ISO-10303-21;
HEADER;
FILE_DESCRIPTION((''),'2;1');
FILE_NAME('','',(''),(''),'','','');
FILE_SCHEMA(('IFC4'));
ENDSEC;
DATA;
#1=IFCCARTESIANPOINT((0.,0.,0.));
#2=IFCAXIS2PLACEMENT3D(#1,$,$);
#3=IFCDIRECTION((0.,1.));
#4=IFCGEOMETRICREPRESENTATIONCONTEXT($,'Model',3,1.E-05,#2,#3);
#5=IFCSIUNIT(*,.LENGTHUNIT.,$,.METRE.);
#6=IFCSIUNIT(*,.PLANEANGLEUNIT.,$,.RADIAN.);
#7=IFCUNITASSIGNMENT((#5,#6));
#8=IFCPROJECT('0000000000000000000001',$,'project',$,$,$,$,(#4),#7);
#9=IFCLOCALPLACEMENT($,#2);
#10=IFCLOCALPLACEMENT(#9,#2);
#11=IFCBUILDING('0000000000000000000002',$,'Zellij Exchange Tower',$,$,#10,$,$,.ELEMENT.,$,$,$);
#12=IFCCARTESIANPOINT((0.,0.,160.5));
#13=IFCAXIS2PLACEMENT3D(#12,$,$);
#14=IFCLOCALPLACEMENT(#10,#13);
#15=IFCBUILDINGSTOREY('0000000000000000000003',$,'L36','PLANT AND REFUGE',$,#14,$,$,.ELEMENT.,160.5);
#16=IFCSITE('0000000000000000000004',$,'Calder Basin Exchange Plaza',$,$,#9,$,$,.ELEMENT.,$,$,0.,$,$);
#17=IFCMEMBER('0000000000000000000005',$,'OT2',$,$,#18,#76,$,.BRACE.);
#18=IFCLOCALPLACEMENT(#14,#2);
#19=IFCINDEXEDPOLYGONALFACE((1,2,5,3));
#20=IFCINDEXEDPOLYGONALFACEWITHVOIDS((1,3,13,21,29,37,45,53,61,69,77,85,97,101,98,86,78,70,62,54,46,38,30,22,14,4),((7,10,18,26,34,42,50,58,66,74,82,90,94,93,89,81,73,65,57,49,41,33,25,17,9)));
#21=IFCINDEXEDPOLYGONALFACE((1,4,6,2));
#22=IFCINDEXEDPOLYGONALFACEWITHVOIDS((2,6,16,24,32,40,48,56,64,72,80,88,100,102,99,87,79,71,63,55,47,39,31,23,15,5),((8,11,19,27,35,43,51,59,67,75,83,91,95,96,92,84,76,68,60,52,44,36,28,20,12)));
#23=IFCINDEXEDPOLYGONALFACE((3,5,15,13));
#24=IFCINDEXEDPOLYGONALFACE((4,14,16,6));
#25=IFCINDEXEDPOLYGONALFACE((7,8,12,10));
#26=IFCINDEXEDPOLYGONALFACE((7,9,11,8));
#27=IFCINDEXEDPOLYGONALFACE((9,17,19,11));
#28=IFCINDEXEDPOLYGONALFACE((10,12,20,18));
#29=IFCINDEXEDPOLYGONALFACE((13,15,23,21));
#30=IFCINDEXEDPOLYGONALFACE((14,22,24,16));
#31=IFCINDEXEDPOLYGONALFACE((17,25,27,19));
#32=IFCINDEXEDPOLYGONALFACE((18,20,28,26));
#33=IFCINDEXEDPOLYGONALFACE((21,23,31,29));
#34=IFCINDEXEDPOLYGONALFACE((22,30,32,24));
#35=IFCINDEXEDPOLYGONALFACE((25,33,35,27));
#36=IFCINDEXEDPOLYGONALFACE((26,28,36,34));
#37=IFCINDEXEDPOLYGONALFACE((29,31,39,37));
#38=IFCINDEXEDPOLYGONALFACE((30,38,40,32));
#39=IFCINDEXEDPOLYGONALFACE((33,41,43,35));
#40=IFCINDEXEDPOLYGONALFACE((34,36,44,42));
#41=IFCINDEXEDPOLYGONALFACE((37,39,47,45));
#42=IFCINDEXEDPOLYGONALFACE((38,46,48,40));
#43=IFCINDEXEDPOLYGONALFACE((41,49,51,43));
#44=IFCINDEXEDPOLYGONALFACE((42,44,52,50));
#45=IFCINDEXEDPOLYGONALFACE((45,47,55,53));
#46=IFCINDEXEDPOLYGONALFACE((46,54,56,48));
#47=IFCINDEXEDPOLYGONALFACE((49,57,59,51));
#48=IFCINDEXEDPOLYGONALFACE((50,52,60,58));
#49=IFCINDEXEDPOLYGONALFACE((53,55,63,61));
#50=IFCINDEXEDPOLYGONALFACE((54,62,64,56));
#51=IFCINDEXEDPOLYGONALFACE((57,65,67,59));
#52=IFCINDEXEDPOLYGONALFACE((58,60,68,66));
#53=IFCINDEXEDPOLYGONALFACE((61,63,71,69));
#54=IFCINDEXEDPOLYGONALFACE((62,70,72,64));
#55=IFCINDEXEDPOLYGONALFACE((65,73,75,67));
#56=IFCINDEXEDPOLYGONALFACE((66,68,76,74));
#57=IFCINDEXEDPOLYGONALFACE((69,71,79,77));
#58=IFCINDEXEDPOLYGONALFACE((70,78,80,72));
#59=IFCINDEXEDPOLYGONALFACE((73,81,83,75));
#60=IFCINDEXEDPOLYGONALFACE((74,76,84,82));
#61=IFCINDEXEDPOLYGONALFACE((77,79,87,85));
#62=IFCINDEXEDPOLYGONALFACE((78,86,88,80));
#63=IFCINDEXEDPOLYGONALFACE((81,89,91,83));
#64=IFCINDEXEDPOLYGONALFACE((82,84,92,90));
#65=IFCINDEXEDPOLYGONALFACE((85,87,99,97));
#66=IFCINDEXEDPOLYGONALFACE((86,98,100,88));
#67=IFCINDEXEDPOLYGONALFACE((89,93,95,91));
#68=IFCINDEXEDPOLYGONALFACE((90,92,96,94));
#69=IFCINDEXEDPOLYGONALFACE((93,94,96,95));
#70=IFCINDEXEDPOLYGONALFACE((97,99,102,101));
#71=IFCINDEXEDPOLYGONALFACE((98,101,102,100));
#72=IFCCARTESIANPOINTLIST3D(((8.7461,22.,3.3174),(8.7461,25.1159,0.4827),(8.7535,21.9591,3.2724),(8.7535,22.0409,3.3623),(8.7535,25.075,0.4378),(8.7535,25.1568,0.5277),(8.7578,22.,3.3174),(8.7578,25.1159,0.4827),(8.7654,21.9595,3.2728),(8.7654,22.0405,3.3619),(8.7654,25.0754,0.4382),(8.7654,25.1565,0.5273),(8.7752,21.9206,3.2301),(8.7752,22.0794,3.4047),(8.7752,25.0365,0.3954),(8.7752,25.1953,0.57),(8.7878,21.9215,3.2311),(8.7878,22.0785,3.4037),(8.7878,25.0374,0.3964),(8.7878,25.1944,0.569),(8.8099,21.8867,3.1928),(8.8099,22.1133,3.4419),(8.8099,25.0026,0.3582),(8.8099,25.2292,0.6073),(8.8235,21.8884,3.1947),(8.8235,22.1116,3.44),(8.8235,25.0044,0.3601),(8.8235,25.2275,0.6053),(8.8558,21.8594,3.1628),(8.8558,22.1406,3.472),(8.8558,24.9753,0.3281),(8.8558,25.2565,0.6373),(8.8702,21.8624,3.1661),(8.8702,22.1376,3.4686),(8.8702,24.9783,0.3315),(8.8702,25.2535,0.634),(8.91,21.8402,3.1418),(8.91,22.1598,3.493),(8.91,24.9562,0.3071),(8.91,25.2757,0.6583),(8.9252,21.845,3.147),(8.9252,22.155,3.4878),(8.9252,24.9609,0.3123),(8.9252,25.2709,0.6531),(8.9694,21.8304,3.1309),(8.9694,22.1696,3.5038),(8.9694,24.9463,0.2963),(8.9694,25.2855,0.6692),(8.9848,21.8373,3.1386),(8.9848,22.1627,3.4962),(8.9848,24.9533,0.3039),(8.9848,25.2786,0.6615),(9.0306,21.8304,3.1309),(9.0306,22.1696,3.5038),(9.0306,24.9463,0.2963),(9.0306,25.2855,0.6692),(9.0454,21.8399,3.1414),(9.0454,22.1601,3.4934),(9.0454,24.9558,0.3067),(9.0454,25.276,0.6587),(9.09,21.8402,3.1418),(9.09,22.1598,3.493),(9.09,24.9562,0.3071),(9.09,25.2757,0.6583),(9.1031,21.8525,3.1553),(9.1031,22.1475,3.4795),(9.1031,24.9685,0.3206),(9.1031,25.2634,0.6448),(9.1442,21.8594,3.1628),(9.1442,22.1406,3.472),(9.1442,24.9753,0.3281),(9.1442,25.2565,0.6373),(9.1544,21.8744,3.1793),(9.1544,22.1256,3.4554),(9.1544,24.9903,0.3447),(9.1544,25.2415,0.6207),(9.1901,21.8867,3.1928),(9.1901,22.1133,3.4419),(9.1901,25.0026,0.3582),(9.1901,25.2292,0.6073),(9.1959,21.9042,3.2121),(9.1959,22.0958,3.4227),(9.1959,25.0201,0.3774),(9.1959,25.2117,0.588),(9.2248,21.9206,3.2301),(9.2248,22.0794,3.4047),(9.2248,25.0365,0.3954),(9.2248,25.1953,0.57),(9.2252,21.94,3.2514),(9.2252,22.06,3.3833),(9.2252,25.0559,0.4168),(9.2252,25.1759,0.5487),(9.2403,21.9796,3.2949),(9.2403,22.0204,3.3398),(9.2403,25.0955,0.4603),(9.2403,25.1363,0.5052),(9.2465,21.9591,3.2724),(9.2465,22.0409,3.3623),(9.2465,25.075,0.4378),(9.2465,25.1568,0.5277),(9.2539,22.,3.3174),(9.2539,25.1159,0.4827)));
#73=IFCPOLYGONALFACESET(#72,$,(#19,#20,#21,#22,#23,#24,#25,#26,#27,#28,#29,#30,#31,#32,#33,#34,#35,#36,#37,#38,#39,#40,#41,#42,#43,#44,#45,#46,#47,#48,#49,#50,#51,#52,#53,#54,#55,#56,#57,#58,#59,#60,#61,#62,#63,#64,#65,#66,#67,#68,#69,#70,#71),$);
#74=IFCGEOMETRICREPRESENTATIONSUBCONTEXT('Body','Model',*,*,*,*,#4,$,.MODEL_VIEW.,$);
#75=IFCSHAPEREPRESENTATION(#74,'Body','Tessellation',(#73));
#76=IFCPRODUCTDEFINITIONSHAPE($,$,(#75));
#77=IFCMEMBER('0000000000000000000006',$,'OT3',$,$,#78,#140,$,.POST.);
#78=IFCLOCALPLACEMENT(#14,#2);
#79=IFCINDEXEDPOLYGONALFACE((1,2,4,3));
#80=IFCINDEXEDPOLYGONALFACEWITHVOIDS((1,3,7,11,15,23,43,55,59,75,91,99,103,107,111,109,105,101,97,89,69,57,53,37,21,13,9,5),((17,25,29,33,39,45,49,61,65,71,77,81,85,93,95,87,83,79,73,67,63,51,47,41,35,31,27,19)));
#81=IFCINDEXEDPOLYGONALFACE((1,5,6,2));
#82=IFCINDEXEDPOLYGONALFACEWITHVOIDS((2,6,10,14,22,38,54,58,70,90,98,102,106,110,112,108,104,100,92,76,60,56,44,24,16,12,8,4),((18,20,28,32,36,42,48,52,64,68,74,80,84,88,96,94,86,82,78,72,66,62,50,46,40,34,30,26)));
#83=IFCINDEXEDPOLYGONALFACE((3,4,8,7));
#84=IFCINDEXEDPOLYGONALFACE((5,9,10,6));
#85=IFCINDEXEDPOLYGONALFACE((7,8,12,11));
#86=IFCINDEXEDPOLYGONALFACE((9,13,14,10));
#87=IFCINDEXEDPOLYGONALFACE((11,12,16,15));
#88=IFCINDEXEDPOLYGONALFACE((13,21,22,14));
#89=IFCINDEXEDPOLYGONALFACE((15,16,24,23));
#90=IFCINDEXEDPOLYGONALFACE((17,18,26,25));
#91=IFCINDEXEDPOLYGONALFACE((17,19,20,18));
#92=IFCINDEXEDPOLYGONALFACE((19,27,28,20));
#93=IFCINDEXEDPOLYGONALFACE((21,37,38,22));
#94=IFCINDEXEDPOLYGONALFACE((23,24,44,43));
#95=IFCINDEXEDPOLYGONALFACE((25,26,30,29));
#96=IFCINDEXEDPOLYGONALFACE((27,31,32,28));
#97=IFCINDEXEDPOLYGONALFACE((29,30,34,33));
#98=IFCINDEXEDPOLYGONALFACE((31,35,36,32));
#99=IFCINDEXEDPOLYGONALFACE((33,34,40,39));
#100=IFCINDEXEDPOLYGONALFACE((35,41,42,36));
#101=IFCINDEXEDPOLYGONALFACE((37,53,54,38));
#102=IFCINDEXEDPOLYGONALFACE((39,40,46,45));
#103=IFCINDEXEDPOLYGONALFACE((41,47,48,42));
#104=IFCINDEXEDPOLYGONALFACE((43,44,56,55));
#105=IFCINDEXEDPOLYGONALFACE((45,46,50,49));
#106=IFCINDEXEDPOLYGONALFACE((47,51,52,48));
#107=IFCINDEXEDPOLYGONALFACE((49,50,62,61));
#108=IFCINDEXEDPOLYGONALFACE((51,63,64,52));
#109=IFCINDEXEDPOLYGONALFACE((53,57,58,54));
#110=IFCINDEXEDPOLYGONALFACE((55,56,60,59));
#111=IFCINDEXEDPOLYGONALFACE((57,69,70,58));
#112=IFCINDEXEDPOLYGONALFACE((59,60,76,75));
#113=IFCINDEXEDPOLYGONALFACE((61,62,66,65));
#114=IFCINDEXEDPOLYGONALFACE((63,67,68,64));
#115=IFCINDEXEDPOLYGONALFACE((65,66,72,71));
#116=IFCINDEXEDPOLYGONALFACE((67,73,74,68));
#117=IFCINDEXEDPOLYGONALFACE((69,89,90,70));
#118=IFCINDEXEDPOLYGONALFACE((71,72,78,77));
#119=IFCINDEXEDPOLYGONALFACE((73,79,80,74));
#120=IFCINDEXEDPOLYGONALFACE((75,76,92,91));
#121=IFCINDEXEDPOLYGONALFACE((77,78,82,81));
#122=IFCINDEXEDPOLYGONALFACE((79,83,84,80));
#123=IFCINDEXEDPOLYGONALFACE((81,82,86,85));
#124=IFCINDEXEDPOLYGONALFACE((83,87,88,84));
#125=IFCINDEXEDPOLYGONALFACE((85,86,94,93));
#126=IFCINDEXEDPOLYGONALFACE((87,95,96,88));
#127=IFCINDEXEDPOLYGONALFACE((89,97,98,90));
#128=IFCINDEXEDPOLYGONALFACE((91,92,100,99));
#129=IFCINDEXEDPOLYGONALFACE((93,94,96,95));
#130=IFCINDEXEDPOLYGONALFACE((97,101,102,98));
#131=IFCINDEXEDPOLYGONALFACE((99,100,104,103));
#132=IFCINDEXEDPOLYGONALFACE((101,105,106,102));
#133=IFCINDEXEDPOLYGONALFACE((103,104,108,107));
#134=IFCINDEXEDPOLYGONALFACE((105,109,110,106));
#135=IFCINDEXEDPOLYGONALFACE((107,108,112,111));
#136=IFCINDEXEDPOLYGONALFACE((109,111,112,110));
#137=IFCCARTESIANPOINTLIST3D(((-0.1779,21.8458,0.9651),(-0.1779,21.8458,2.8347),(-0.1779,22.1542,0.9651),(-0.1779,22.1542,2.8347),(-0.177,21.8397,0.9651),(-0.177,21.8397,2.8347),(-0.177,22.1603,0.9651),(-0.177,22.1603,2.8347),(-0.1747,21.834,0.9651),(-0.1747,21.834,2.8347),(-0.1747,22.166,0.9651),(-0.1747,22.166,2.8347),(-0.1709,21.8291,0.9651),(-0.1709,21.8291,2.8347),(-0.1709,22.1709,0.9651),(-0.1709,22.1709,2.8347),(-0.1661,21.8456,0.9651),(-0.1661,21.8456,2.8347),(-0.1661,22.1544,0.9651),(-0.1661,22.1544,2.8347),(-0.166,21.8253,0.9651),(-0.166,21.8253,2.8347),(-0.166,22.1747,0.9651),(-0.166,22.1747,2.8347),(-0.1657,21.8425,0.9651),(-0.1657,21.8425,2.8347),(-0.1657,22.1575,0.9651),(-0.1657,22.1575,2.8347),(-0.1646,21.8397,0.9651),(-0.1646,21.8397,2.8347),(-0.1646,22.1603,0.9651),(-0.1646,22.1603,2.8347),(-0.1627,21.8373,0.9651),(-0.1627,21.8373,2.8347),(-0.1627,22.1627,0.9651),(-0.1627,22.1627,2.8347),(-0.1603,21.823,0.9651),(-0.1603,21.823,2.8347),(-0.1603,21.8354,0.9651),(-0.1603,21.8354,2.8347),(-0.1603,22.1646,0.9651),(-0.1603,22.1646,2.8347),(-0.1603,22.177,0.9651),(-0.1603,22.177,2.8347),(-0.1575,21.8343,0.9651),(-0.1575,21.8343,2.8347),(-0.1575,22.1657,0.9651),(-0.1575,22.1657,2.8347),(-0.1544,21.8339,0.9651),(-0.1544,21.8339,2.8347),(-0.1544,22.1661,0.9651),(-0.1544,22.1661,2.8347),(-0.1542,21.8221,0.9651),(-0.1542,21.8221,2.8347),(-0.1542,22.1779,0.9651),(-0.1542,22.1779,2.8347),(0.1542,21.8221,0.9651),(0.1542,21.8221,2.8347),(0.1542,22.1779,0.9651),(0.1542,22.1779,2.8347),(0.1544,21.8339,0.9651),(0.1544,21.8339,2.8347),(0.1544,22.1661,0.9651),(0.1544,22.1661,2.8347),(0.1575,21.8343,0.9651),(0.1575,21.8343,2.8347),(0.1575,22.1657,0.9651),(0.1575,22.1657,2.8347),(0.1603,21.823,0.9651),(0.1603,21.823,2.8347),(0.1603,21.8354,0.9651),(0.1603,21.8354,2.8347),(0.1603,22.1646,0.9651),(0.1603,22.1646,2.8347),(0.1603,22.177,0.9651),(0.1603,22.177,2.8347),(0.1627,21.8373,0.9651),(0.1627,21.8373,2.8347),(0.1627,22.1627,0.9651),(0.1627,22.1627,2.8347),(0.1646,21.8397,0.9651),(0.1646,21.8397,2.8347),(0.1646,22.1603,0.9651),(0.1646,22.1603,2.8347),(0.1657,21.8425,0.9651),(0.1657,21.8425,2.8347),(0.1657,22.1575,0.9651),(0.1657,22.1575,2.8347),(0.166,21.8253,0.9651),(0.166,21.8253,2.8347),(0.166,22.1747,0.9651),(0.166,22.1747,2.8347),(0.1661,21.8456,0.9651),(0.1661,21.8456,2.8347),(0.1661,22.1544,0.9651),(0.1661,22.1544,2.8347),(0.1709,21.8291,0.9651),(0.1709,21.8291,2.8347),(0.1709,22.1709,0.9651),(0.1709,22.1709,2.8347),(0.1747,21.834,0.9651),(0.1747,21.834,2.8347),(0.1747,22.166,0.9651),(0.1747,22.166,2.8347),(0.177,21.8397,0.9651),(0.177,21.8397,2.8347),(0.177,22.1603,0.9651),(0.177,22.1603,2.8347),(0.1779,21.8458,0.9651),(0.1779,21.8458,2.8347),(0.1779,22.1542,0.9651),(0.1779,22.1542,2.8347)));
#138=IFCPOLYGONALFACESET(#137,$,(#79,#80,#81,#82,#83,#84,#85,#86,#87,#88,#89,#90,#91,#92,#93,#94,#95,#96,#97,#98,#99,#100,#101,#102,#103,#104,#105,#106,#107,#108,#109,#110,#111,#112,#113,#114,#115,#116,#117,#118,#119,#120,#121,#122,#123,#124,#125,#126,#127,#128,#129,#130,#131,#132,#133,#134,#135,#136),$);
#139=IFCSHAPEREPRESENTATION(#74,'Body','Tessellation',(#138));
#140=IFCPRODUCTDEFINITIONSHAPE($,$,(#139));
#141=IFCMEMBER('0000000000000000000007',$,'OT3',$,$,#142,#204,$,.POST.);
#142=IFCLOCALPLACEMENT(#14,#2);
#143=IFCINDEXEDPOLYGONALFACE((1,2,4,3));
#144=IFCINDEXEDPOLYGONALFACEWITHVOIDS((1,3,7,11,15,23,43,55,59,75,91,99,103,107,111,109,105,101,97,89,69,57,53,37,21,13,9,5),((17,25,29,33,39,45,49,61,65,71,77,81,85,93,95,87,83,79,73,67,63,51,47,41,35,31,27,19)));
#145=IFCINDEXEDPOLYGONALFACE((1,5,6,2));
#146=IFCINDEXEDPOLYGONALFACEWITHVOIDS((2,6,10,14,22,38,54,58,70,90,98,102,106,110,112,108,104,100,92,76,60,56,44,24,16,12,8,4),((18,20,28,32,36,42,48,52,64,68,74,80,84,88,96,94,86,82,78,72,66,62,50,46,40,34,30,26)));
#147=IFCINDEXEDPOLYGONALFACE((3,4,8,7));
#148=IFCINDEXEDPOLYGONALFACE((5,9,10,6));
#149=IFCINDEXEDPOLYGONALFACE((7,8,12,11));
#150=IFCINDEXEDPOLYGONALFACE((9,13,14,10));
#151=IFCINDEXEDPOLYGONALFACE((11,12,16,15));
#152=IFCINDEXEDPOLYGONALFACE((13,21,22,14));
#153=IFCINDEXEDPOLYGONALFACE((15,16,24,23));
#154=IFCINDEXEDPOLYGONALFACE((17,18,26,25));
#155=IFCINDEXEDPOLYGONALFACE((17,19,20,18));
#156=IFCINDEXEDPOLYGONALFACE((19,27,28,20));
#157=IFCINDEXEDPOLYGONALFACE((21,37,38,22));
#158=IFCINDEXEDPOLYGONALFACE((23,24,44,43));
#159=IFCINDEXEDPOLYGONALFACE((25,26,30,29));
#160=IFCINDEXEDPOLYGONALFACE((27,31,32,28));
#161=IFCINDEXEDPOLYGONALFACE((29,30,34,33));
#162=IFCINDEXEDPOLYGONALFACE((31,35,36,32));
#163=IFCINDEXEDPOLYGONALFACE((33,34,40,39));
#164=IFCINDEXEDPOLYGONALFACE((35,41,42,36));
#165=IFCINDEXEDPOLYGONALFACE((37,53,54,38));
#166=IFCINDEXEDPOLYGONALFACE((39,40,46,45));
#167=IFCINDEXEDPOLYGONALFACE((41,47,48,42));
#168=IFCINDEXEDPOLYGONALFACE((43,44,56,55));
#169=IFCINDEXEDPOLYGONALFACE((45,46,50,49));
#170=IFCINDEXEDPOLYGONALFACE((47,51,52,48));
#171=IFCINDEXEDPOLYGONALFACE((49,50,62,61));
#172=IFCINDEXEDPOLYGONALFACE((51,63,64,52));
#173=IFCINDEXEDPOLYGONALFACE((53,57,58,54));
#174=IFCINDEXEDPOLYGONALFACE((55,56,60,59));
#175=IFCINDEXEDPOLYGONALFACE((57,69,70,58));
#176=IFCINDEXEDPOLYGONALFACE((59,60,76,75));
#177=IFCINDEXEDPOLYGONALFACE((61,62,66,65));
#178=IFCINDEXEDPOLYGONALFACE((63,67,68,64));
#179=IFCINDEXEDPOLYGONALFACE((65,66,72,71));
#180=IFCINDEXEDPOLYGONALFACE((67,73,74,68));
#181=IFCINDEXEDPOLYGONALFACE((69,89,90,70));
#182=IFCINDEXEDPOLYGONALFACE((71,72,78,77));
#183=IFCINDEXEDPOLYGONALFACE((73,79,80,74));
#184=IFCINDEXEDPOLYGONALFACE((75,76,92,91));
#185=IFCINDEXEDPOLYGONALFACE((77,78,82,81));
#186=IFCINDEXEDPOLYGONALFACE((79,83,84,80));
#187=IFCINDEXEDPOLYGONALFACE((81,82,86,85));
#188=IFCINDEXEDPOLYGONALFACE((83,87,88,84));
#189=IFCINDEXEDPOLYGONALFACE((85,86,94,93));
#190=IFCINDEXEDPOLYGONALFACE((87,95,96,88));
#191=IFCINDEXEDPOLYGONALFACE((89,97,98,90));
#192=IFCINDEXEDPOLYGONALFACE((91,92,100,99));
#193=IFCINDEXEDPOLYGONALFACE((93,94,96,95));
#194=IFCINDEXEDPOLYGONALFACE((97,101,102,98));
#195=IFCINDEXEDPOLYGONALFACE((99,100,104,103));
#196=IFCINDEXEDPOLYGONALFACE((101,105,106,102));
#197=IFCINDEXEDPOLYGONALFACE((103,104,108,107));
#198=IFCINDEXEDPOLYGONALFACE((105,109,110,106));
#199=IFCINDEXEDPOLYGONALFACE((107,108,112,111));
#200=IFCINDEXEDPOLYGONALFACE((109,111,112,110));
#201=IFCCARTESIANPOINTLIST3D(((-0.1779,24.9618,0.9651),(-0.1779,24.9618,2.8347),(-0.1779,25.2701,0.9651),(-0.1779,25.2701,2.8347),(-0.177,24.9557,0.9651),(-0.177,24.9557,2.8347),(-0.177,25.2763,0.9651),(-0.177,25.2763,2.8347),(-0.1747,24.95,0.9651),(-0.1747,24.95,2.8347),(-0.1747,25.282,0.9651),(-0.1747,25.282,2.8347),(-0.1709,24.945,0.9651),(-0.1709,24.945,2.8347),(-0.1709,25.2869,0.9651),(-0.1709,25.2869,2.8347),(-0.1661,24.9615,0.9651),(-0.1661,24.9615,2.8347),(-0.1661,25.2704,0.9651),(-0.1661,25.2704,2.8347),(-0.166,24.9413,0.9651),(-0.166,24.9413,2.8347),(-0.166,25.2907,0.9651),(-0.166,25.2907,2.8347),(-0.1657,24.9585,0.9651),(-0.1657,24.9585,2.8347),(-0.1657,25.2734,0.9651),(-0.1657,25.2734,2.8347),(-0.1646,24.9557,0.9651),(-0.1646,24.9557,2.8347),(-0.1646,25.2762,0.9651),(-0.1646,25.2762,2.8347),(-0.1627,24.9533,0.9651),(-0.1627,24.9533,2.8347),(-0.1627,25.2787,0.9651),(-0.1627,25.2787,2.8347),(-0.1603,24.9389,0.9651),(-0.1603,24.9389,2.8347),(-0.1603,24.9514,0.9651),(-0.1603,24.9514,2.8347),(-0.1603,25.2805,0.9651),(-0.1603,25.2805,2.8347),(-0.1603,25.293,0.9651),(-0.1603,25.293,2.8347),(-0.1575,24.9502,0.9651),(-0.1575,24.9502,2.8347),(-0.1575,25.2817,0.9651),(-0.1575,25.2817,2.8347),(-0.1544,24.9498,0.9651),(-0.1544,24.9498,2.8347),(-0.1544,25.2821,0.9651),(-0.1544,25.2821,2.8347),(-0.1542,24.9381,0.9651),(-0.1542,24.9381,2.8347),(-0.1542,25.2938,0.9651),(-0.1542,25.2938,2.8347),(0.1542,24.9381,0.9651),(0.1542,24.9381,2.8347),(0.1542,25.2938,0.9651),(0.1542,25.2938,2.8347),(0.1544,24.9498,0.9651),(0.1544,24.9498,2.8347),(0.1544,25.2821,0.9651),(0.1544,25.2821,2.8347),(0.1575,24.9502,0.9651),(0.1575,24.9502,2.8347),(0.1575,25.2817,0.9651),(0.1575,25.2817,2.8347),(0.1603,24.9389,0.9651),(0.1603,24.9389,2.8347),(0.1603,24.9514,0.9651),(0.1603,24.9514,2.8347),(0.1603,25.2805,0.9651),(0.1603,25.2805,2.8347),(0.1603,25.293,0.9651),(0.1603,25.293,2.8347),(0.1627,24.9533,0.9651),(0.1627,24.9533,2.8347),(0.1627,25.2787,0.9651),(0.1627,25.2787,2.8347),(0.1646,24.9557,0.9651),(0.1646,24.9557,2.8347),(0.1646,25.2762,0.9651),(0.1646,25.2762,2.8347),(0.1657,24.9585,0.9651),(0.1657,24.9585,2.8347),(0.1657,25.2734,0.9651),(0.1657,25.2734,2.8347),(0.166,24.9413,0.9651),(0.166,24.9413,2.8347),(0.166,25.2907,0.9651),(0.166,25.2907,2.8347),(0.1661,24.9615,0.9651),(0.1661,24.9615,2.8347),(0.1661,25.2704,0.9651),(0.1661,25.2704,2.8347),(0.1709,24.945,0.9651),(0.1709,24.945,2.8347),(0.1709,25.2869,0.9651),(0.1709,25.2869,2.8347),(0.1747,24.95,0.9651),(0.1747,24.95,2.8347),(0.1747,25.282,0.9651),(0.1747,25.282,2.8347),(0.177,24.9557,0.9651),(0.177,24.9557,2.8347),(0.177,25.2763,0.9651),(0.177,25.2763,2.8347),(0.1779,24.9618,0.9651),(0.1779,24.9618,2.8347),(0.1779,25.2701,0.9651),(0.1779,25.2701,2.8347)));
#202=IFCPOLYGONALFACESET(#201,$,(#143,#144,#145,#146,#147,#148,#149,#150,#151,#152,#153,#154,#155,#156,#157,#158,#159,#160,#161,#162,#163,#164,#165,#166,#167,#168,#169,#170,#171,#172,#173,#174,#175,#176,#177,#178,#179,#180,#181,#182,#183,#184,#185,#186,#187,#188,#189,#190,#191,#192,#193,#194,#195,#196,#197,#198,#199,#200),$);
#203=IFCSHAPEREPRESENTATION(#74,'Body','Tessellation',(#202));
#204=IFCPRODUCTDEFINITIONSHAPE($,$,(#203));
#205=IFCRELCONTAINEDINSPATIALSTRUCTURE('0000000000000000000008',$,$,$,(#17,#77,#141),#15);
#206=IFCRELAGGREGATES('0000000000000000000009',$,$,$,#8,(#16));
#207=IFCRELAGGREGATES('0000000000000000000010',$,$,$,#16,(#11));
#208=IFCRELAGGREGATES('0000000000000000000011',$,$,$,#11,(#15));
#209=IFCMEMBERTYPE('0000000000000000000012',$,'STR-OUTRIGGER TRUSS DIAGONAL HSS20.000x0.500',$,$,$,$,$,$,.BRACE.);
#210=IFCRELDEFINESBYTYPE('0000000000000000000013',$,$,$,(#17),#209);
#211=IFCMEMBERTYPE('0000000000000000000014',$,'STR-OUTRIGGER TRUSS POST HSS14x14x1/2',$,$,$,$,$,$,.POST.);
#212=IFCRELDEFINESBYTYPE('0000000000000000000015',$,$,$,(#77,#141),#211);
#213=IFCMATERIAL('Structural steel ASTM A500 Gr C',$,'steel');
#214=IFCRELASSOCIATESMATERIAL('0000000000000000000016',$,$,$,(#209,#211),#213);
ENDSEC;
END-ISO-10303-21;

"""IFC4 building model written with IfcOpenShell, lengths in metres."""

from ifc_helpers import new_model, si_unit, direction, frame, origin, origin_2d, place, context, subcontext, project, spatial, hollow_rectangle, hollow_circle, extrude, material, material_profile, profile_set, type_object, element, save


model = new_model("IFC4")

# Units and contexts
model_context = context("Model", 3, precision=1e-05, world=origin(), true_north=direction((0.0, 1.0)))
body_context = subcontext(model_context, "Body", "Model", "MODEL_VIEW")
ifc_project = project(units=[si_unit("LENGTHUNIT", "METRE"), si_unit("PLANEANGLEUNIT", "RADIAN")], contexts=[model_context])

# Site, building, storey
site_placement = place(None, origin())
site = spatial("IfcSite", under=ifc_project, at=site_placement, Name="Calder Basin Exchange Plaza", CompositionType="ELEMENT", RefElevation=0.0)
building_placement = place(site_placement, origin())
building = spatial("IfcBuilding", under=site, at=building_placement, Name="Zellij Exchange Tower", CompositionType="ELEMENT")
storey_placement = place(building_placement, frame((0.0, 0.0, 160.5)))
storey = spatial("IfcBuildingStorey", under=building, at=storey_placement, Name="L36", Description="PLANT AND REFUGE", CompositionType="ELEMENT", Elevation=160.5)

# Members
ifc_material_1 = material(Name="Structural steel ASTM A500 Gr C", Category="steel")
ifc_material_profile_1 = material_profile(ifc_material_1, hollow_circle(Radius=0.2539, WallThickness=0.0117, at=origin_2d()), Name="STR-OUTRIGGER TRUSS DIAGONAL HSS20.000x0.500")
ifc_profile_set_1 = profile_set([ifc_material_profile_1], Name="Structural steel ASTM A500 Gr C")
member_type_1 = type_object("IfcMemberType", Name="STR-OUTRIGGER TRUSS DIAGONAL HSS20.000x0.500", PredefinedType="BRACE", material=ifc_profile_set_1)
for number, where, z_axis, x_axis, name in (
    (1, (9.0, 22.0, 3.3174), (0.0, 0.739701, -0.672935), (-1.0, 0.0, 0.0), "OT2"),
):
    element("IfcMember", number, at=place(storey_placement, frame(where, z_axis=z_axis, x_axis=x_axis)), inside=storey, type_object=member_type_1, Name=name, PredefinedType="BRACE", context=body_context, shape_type="SweptSolid", body=[
        extrude(hollow_circle(Radius=0.2539, WallThickness=0.0117, at=origin_2d()), origin(), (0.0, 0.0, 1.0), 4.2124),
    ])
ifc_material_profile_2 = material_profile(ifc_material_1, hollow_rectangle(XDim=0.3557, YDim=0.3557, WallThickness=0.0117, InnerFilletRadius=0.0117, OuterFilletRadius=0.0237, at=origin_2d()), Name="STR-OUTRIGGER TRUSS POST HSS14x14x1/2")
ifc_profile_set_2 = profile_set([ifc_material_profile_2], Name="Structural steel ASTM A500 Gr C")
member_type_2 = type_object("IfcMemberType", Name="STR-OUTRIGGER TRUSS POST HSS14x14x1/2", PredefinedType="POST", material=ifc_profile_set_2)
for number, where, z_axis, x_axis, name in (
    (2, (0.0, 22.0, 0.9651), (0.0, 0.0, 1.0), (1.0, 0.0, 0.0), "OT3"),
    (3, (0.0, 25.116, 0.9651), (0.0, 0.0, 1.0), (1.0, 0.0, 0.0), "OT3"),
):
    element("IfcMember", number, at=place(storey_placement, frame(where, z_axis=z_axis, x_axis=x_axis)), inside=storey, type_object=member_type_2, Name=name, PredefinedType="POST", context=body_context, shape_type="SweptSolid", body=[
        extrude(hollow_rectangle(XDim=0.3557, YDim=0.3557, WallThickness=0.0117, InnerFilletRadius=0.0117, OuterFilletRadius=0.0237, at=origin_2d()), origin(), (0.0, 0.0, 1.0), 1.8696),
    ])

save(model, "model.ifc")
